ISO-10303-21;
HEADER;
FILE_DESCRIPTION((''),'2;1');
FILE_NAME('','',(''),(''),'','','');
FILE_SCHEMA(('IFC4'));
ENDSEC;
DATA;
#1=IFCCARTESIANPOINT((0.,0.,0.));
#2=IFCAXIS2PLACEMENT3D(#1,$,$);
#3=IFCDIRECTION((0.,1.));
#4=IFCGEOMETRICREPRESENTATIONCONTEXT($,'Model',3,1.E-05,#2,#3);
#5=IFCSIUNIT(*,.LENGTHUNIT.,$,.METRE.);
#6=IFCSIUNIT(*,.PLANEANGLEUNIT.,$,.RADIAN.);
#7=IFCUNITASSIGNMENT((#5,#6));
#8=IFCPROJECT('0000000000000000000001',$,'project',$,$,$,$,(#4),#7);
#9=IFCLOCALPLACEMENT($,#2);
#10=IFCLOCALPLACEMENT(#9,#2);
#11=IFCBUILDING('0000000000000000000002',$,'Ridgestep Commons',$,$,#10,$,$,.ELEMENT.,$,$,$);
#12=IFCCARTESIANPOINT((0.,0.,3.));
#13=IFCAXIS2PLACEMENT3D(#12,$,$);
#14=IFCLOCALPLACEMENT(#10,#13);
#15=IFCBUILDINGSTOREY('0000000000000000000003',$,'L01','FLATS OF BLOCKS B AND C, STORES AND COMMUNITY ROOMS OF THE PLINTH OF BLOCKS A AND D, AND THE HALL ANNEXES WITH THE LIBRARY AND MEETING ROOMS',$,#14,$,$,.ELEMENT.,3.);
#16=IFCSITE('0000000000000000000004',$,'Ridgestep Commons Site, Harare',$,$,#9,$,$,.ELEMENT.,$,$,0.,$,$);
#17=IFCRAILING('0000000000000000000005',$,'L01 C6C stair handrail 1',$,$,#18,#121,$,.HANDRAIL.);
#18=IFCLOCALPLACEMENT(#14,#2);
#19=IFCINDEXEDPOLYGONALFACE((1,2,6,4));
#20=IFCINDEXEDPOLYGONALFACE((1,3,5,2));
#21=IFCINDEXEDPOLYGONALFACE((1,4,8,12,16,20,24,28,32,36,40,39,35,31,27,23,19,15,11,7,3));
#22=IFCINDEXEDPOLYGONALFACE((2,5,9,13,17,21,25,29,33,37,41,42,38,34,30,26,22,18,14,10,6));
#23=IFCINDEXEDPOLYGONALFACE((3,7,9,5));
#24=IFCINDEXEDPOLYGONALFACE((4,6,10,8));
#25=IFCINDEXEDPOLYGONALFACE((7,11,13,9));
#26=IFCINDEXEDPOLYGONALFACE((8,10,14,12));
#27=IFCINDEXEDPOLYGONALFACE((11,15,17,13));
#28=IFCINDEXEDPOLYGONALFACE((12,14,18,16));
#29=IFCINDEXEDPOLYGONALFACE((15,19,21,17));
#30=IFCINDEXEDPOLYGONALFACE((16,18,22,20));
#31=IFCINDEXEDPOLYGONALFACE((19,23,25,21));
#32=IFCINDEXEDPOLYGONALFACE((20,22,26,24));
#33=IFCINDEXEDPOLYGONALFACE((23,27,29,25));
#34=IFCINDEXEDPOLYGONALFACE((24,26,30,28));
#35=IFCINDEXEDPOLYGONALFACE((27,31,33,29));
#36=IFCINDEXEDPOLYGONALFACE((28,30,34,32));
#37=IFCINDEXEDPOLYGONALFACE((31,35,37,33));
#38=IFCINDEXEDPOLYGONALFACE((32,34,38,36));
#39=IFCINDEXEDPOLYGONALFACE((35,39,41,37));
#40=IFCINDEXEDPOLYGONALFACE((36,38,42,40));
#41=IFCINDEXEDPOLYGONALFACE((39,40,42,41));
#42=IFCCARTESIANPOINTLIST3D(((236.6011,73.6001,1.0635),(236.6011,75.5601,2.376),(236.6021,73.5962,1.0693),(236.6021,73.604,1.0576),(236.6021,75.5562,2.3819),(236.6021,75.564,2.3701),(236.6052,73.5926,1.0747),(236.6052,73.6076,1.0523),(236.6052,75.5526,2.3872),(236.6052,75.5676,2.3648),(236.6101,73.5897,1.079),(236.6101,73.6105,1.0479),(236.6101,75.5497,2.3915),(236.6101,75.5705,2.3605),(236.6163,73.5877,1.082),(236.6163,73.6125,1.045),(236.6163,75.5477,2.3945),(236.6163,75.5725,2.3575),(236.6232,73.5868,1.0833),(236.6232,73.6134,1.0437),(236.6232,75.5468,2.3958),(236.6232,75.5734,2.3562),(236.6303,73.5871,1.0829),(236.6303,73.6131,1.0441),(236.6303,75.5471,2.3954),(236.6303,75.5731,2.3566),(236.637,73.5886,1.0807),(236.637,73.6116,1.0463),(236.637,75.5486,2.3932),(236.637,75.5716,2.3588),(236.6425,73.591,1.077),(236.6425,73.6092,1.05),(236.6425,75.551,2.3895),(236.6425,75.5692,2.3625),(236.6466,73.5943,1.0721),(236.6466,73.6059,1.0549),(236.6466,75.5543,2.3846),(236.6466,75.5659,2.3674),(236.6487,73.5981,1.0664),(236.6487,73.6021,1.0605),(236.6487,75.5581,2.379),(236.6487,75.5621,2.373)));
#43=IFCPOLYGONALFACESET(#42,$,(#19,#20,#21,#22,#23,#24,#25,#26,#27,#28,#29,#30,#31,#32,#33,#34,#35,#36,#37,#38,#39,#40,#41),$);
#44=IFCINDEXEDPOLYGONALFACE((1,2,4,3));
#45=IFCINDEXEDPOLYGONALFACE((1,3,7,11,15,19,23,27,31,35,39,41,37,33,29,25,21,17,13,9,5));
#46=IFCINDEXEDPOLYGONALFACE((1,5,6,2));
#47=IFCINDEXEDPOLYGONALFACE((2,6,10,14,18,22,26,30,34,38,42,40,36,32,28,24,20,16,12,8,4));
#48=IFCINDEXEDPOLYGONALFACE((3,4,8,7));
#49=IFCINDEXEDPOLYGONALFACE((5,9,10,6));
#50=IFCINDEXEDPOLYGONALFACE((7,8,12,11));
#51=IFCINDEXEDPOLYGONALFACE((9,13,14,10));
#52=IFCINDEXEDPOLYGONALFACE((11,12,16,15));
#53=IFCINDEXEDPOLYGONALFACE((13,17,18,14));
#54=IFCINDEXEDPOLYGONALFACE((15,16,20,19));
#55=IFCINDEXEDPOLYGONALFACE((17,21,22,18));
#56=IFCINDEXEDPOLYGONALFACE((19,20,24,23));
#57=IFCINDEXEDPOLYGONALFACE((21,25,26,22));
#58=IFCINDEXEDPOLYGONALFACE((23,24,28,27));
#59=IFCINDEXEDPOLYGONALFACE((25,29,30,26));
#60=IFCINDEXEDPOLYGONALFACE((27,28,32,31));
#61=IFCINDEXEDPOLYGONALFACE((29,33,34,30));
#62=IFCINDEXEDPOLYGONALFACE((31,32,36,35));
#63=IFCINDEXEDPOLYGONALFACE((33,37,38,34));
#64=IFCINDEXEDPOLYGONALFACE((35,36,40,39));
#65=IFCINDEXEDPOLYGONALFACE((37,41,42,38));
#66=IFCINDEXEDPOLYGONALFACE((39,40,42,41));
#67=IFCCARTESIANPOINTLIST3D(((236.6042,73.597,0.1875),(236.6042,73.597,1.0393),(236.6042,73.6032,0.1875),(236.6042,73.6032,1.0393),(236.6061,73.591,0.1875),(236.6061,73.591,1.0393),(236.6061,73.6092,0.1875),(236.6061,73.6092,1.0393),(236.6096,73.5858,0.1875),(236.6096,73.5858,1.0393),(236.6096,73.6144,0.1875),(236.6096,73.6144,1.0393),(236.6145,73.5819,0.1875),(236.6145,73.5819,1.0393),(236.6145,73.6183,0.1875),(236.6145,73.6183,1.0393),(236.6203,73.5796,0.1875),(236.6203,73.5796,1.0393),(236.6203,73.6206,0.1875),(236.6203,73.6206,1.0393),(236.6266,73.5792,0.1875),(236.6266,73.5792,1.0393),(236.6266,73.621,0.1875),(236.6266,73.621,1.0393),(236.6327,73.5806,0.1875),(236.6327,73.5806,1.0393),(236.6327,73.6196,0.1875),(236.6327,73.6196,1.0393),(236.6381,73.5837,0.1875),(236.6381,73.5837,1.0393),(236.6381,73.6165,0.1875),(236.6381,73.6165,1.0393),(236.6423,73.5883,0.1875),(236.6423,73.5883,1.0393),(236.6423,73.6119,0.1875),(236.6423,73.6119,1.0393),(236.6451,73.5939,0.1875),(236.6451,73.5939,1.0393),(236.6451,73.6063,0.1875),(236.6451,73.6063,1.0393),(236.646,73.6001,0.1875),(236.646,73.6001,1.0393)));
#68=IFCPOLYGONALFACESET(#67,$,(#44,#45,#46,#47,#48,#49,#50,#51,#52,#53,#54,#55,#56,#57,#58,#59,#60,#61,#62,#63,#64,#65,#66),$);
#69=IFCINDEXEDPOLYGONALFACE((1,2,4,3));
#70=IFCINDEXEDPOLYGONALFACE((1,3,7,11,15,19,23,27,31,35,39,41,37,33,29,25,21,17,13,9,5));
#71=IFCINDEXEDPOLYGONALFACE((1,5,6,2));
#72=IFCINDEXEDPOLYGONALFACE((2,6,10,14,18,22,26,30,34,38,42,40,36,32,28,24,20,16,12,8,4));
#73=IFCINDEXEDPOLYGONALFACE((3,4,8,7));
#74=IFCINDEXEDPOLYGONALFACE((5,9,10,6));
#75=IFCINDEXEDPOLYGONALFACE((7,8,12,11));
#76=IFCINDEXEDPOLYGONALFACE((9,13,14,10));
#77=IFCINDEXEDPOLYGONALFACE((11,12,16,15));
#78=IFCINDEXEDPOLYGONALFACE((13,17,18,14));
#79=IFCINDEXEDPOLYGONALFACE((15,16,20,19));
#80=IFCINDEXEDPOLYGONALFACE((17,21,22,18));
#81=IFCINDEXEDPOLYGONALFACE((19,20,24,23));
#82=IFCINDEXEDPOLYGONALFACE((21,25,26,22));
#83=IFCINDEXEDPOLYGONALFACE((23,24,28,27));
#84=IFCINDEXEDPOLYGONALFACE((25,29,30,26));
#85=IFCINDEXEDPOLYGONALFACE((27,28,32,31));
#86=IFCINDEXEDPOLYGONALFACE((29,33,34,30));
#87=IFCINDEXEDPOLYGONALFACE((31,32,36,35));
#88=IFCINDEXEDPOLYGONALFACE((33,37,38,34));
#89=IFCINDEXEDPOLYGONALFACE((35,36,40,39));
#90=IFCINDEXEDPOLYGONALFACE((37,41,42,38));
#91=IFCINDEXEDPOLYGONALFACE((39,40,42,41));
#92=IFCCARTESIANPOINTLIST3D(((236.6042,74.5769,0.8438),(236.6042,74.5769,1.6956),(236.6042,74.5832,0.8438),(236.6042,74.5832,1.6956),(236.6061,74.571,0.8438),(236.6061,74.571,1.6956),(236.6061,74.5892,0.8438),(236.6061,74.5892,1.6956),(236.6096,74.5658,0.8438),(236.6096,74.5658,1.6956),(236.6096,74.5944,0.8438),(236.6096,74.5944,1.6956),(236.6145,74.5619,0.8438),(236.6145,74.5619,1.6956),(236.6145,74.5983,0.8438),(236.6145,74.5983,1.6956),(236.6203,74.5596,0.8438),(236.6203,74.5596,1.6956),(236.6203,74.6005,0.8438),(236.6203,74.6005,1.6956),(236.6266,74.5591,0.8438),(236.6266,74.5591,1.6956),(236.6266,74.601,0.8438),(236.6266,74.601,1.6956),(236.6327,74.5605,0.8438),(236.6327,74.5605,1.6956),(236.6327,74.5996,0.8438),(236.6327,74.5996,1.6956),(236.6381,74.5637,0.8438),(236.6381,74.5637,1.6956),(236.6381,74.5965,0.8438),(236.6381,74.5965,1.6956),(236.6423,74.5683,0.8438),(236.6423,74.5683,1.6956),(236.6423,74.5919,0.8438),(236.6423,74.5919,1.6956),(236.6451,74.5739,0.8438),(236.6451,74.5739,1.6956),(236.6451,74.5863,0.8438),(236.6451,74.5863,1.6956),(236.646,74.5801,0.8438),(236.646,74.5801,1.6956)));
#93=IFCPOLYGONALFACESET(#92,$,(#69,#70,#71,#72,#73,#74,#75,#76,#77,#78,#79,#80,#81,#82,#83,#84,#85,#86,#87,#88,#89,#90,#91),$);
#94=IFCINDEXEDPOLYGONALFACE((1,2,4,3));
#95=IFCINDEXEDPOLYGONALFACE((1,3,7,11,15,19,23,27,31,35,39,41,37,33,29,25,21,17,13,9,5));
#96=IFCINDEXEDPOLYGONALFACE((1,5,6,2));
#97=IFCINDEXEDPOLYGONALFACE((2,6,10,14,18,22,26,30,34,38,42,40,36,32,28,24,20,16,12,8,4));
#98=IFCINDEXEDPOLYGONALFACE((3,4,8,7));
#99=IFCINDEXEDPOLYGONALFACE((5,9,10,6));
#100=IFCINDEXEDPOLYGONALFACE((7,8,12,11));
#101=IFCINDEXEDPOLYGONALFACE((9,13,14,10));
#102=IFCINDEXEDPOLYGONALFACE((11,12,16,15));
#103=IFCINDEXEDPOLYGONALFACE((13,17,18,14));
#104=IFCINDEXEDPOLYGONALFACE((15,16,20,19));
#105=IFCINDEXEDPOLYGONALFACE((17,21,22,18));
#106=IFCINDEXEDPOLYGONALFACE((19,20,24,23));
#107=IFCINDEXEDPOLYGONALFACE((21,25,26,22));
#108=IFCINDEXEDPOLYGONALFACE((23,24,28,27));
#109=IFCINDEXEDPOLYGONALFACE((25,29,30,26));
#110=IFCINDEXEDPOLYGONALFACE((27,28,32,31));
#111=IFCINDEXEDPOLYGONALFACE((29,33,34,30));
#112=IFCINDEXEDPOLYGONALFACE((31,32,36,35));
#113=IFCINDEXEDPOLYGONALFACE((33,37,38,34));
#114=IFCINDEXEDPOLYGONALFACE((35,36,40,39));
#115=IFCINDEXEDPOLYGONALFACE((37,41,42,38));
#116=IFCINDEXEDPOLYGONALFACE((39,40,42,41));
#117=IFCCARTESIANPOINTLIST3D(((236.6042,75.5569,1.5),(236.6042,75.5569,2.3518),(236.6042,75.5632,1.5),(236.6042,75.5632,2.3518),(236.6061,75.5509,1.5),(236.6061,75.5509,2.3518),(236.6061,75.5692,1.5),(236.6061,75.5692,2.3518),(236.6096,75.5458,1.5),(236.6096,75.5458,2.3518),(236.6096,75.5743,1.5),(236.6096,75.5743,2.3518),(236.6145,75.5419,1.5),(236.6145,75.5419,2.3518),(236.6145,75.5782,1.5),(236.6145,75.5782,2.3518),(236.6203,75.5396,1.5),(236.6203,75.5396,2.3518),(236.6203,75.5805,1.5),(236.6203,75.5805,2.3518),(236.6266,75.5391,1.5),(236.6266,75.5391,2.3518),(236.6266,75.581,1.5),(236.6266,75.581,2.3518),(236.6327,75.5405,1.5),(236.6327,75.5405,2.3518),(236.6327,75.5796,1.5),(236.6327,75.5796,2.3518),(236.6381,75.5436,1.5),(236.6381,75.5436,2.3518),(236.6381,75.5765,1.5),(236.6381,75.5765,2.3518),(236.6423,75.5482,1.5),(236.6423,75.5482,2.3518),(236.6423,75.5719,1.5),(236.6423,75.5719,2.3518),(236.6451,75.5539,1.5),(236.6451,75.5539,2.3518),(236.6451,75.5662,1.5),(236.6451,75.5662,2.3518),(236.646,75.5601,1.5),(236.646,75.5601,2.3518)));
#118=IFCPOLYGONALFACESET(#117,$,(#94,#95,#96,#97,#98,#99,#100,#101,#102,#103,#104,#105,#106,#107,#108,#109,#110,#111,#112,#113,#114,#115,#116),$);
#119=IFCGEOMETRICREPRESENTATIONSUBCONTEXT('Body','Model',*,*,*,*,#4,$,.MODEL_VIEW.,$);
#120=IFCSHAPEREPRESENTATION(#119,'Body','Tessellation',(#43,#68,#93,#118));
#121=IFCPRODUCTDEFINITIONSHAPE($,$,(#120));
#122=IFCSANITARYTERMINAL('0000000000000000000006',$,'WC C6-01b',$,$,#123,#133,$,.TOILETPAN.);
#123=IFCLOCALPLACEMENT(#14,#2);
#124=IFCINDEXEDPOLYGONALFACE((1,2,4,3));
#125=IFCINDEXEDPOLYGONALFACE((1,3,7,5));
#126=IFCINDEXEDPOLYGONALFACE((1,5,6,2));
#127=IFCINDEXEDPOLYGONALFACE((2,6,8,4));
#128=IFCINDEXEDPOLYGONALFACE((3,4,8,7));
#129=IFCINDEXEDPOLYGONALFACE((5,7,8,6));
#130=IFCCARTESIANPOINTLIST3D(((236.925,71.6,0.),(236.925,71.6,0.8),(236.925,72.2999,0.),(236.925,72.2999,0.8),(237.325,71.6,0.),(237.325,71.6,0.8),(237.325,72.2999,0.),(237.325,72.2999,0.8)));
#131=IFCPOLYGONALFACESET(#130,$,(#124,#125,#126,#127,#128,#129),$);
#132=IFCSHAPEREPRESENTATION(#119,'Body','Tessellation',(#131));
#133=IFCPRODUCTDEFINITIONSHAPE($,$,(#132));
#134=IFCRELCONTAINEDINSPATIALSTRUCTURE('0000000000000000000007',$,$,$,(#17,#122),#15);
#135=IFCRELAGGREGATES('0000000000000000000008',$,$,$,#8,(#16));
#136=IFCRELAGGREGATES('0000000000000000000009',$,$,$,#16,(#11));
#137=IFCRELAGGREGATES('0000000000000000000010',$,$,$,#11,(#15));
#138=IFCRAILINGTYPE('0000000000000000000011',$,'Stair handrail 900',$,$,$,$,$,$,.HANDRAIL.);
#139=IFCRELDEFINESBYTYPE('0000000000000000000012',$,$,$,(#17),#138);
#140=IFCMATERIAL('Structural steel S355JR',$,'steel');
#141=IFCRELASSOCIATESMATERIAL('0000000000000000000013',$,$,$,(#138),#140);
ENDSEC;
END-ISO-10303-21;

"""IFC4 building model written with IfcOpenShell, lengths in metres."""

from ifc_helpers import new_model, si_unit, direction, frame, origin, origin_2d, place, context, subcontext, project, spatial, rectangle, circle, extrude, material, type_object, element, save


model = new_model("IFC4")

# Units and contexts
model_context = context("Model", 3, precision=1e-05, world=origin(), true_north=direction((0.0, 1.0)))
body_context = subcontext(model_context, "Body", "Model", "MODEL_VIEW")
ifc_project = project(units=[si_unit("LENGTHUNIT", "METRE"), si_unit("PLANEANGLEUNIT", "RADIAN")], contexts=[model_context])

# Site, building, storey
site_placement = place(None, origin())
site = spatial("IfcSite", under=ifc_project, at=site_placement, Name="Ridgestep Commons Site, Harare", CompositionType="ELEMENT", RefElevation=0.0)
building_placement = place(site_placement, origin())
building = spatial("IfcBuilding", under=site, at=building_placement, Name="Ridgestep Commons", CompositionType="ELEMENT")
storey_placement = place(building_placement, frame((0.0, 0.0, 3.0)))
storey = spatial("IfcBuildingStorey", under=building, at=storey_placement, Name="L01", Description="FLATS OF BLOCKS B AND C, STORES AND COMMUNITY ROOMS OF THE PLINTH OF BLOCKS A AND D, AND THE HALL ANNEXES WITH THE LIBRARY AND MEETING ROOMS", CompositionType="ELEMENT", Elevation=3.0)

# Railing
ifc_material_1 = material(Name="Structural steel S355JR", Category="steel")
railing_type_1 = type_object("IfcRailingType", Name="Stair handrail 900", PredefinedType="HANDRAIL", material=ifc_material_1)
railing_1_placement = place(storey_placement, frame((236.625, 73.6001, 0.1875)))
element("IfcRailing", 1, at=railing_1_placement, inside=storey, type_object=railing_type_1, Name="L01 C6C stair handrail 1", PredefinedType="HANDRAIL", context=body_context, shape_type="SweptSolid", body=[
    extrude(circle(Radius=0.0239, at=origin_2d()), frame((0.0, 0.0, 0.876), z_axis=(0.0, 0.830902, 0.556419), x_axis=(-1.0, 0.0, 0.0)), (0.0, 0.0, 1.0), 2.3589),
    extrude(circle(Radius=0.021, at=origin_2d()), origin(), (0.0, 0.0, 1.0), 0.8518),
    extrude(circle(Radius=0.021, at=origin_2d()), frame((0.0, 0.98, 0.6562)), (0.0, 0.0, 1.0), 0.8518),
    extrude(circle(Radius=0.021, at=origin_2d()), frame((0.0, 1.96, 1.3125)), (0.0, 0.0, 1.0), 0.8518),
])

# Sanitary terminal
sanitary_terminal_placement = place(storey_placement, frame((237.125, 71.95, 0.0), z_axis=(0.0, 0.0, 1.0), x_axis=(1.0, 0.0, 0.0)))
element("IfcSanitaryTerminal", 2, at=sanitary_terminal_placement, inside=storey, Name="WC C6-01b", PredefinedType="TOILETPAN", context=body_context, shape_type="SweptSolid", body=[
    extrude(rectangle(XDim=0.3999, YDim=0.7, at=origin_2d()), origin(), (0.0, 0.0, 1.0), 0.8),
])

save(model, "model.ifc")
